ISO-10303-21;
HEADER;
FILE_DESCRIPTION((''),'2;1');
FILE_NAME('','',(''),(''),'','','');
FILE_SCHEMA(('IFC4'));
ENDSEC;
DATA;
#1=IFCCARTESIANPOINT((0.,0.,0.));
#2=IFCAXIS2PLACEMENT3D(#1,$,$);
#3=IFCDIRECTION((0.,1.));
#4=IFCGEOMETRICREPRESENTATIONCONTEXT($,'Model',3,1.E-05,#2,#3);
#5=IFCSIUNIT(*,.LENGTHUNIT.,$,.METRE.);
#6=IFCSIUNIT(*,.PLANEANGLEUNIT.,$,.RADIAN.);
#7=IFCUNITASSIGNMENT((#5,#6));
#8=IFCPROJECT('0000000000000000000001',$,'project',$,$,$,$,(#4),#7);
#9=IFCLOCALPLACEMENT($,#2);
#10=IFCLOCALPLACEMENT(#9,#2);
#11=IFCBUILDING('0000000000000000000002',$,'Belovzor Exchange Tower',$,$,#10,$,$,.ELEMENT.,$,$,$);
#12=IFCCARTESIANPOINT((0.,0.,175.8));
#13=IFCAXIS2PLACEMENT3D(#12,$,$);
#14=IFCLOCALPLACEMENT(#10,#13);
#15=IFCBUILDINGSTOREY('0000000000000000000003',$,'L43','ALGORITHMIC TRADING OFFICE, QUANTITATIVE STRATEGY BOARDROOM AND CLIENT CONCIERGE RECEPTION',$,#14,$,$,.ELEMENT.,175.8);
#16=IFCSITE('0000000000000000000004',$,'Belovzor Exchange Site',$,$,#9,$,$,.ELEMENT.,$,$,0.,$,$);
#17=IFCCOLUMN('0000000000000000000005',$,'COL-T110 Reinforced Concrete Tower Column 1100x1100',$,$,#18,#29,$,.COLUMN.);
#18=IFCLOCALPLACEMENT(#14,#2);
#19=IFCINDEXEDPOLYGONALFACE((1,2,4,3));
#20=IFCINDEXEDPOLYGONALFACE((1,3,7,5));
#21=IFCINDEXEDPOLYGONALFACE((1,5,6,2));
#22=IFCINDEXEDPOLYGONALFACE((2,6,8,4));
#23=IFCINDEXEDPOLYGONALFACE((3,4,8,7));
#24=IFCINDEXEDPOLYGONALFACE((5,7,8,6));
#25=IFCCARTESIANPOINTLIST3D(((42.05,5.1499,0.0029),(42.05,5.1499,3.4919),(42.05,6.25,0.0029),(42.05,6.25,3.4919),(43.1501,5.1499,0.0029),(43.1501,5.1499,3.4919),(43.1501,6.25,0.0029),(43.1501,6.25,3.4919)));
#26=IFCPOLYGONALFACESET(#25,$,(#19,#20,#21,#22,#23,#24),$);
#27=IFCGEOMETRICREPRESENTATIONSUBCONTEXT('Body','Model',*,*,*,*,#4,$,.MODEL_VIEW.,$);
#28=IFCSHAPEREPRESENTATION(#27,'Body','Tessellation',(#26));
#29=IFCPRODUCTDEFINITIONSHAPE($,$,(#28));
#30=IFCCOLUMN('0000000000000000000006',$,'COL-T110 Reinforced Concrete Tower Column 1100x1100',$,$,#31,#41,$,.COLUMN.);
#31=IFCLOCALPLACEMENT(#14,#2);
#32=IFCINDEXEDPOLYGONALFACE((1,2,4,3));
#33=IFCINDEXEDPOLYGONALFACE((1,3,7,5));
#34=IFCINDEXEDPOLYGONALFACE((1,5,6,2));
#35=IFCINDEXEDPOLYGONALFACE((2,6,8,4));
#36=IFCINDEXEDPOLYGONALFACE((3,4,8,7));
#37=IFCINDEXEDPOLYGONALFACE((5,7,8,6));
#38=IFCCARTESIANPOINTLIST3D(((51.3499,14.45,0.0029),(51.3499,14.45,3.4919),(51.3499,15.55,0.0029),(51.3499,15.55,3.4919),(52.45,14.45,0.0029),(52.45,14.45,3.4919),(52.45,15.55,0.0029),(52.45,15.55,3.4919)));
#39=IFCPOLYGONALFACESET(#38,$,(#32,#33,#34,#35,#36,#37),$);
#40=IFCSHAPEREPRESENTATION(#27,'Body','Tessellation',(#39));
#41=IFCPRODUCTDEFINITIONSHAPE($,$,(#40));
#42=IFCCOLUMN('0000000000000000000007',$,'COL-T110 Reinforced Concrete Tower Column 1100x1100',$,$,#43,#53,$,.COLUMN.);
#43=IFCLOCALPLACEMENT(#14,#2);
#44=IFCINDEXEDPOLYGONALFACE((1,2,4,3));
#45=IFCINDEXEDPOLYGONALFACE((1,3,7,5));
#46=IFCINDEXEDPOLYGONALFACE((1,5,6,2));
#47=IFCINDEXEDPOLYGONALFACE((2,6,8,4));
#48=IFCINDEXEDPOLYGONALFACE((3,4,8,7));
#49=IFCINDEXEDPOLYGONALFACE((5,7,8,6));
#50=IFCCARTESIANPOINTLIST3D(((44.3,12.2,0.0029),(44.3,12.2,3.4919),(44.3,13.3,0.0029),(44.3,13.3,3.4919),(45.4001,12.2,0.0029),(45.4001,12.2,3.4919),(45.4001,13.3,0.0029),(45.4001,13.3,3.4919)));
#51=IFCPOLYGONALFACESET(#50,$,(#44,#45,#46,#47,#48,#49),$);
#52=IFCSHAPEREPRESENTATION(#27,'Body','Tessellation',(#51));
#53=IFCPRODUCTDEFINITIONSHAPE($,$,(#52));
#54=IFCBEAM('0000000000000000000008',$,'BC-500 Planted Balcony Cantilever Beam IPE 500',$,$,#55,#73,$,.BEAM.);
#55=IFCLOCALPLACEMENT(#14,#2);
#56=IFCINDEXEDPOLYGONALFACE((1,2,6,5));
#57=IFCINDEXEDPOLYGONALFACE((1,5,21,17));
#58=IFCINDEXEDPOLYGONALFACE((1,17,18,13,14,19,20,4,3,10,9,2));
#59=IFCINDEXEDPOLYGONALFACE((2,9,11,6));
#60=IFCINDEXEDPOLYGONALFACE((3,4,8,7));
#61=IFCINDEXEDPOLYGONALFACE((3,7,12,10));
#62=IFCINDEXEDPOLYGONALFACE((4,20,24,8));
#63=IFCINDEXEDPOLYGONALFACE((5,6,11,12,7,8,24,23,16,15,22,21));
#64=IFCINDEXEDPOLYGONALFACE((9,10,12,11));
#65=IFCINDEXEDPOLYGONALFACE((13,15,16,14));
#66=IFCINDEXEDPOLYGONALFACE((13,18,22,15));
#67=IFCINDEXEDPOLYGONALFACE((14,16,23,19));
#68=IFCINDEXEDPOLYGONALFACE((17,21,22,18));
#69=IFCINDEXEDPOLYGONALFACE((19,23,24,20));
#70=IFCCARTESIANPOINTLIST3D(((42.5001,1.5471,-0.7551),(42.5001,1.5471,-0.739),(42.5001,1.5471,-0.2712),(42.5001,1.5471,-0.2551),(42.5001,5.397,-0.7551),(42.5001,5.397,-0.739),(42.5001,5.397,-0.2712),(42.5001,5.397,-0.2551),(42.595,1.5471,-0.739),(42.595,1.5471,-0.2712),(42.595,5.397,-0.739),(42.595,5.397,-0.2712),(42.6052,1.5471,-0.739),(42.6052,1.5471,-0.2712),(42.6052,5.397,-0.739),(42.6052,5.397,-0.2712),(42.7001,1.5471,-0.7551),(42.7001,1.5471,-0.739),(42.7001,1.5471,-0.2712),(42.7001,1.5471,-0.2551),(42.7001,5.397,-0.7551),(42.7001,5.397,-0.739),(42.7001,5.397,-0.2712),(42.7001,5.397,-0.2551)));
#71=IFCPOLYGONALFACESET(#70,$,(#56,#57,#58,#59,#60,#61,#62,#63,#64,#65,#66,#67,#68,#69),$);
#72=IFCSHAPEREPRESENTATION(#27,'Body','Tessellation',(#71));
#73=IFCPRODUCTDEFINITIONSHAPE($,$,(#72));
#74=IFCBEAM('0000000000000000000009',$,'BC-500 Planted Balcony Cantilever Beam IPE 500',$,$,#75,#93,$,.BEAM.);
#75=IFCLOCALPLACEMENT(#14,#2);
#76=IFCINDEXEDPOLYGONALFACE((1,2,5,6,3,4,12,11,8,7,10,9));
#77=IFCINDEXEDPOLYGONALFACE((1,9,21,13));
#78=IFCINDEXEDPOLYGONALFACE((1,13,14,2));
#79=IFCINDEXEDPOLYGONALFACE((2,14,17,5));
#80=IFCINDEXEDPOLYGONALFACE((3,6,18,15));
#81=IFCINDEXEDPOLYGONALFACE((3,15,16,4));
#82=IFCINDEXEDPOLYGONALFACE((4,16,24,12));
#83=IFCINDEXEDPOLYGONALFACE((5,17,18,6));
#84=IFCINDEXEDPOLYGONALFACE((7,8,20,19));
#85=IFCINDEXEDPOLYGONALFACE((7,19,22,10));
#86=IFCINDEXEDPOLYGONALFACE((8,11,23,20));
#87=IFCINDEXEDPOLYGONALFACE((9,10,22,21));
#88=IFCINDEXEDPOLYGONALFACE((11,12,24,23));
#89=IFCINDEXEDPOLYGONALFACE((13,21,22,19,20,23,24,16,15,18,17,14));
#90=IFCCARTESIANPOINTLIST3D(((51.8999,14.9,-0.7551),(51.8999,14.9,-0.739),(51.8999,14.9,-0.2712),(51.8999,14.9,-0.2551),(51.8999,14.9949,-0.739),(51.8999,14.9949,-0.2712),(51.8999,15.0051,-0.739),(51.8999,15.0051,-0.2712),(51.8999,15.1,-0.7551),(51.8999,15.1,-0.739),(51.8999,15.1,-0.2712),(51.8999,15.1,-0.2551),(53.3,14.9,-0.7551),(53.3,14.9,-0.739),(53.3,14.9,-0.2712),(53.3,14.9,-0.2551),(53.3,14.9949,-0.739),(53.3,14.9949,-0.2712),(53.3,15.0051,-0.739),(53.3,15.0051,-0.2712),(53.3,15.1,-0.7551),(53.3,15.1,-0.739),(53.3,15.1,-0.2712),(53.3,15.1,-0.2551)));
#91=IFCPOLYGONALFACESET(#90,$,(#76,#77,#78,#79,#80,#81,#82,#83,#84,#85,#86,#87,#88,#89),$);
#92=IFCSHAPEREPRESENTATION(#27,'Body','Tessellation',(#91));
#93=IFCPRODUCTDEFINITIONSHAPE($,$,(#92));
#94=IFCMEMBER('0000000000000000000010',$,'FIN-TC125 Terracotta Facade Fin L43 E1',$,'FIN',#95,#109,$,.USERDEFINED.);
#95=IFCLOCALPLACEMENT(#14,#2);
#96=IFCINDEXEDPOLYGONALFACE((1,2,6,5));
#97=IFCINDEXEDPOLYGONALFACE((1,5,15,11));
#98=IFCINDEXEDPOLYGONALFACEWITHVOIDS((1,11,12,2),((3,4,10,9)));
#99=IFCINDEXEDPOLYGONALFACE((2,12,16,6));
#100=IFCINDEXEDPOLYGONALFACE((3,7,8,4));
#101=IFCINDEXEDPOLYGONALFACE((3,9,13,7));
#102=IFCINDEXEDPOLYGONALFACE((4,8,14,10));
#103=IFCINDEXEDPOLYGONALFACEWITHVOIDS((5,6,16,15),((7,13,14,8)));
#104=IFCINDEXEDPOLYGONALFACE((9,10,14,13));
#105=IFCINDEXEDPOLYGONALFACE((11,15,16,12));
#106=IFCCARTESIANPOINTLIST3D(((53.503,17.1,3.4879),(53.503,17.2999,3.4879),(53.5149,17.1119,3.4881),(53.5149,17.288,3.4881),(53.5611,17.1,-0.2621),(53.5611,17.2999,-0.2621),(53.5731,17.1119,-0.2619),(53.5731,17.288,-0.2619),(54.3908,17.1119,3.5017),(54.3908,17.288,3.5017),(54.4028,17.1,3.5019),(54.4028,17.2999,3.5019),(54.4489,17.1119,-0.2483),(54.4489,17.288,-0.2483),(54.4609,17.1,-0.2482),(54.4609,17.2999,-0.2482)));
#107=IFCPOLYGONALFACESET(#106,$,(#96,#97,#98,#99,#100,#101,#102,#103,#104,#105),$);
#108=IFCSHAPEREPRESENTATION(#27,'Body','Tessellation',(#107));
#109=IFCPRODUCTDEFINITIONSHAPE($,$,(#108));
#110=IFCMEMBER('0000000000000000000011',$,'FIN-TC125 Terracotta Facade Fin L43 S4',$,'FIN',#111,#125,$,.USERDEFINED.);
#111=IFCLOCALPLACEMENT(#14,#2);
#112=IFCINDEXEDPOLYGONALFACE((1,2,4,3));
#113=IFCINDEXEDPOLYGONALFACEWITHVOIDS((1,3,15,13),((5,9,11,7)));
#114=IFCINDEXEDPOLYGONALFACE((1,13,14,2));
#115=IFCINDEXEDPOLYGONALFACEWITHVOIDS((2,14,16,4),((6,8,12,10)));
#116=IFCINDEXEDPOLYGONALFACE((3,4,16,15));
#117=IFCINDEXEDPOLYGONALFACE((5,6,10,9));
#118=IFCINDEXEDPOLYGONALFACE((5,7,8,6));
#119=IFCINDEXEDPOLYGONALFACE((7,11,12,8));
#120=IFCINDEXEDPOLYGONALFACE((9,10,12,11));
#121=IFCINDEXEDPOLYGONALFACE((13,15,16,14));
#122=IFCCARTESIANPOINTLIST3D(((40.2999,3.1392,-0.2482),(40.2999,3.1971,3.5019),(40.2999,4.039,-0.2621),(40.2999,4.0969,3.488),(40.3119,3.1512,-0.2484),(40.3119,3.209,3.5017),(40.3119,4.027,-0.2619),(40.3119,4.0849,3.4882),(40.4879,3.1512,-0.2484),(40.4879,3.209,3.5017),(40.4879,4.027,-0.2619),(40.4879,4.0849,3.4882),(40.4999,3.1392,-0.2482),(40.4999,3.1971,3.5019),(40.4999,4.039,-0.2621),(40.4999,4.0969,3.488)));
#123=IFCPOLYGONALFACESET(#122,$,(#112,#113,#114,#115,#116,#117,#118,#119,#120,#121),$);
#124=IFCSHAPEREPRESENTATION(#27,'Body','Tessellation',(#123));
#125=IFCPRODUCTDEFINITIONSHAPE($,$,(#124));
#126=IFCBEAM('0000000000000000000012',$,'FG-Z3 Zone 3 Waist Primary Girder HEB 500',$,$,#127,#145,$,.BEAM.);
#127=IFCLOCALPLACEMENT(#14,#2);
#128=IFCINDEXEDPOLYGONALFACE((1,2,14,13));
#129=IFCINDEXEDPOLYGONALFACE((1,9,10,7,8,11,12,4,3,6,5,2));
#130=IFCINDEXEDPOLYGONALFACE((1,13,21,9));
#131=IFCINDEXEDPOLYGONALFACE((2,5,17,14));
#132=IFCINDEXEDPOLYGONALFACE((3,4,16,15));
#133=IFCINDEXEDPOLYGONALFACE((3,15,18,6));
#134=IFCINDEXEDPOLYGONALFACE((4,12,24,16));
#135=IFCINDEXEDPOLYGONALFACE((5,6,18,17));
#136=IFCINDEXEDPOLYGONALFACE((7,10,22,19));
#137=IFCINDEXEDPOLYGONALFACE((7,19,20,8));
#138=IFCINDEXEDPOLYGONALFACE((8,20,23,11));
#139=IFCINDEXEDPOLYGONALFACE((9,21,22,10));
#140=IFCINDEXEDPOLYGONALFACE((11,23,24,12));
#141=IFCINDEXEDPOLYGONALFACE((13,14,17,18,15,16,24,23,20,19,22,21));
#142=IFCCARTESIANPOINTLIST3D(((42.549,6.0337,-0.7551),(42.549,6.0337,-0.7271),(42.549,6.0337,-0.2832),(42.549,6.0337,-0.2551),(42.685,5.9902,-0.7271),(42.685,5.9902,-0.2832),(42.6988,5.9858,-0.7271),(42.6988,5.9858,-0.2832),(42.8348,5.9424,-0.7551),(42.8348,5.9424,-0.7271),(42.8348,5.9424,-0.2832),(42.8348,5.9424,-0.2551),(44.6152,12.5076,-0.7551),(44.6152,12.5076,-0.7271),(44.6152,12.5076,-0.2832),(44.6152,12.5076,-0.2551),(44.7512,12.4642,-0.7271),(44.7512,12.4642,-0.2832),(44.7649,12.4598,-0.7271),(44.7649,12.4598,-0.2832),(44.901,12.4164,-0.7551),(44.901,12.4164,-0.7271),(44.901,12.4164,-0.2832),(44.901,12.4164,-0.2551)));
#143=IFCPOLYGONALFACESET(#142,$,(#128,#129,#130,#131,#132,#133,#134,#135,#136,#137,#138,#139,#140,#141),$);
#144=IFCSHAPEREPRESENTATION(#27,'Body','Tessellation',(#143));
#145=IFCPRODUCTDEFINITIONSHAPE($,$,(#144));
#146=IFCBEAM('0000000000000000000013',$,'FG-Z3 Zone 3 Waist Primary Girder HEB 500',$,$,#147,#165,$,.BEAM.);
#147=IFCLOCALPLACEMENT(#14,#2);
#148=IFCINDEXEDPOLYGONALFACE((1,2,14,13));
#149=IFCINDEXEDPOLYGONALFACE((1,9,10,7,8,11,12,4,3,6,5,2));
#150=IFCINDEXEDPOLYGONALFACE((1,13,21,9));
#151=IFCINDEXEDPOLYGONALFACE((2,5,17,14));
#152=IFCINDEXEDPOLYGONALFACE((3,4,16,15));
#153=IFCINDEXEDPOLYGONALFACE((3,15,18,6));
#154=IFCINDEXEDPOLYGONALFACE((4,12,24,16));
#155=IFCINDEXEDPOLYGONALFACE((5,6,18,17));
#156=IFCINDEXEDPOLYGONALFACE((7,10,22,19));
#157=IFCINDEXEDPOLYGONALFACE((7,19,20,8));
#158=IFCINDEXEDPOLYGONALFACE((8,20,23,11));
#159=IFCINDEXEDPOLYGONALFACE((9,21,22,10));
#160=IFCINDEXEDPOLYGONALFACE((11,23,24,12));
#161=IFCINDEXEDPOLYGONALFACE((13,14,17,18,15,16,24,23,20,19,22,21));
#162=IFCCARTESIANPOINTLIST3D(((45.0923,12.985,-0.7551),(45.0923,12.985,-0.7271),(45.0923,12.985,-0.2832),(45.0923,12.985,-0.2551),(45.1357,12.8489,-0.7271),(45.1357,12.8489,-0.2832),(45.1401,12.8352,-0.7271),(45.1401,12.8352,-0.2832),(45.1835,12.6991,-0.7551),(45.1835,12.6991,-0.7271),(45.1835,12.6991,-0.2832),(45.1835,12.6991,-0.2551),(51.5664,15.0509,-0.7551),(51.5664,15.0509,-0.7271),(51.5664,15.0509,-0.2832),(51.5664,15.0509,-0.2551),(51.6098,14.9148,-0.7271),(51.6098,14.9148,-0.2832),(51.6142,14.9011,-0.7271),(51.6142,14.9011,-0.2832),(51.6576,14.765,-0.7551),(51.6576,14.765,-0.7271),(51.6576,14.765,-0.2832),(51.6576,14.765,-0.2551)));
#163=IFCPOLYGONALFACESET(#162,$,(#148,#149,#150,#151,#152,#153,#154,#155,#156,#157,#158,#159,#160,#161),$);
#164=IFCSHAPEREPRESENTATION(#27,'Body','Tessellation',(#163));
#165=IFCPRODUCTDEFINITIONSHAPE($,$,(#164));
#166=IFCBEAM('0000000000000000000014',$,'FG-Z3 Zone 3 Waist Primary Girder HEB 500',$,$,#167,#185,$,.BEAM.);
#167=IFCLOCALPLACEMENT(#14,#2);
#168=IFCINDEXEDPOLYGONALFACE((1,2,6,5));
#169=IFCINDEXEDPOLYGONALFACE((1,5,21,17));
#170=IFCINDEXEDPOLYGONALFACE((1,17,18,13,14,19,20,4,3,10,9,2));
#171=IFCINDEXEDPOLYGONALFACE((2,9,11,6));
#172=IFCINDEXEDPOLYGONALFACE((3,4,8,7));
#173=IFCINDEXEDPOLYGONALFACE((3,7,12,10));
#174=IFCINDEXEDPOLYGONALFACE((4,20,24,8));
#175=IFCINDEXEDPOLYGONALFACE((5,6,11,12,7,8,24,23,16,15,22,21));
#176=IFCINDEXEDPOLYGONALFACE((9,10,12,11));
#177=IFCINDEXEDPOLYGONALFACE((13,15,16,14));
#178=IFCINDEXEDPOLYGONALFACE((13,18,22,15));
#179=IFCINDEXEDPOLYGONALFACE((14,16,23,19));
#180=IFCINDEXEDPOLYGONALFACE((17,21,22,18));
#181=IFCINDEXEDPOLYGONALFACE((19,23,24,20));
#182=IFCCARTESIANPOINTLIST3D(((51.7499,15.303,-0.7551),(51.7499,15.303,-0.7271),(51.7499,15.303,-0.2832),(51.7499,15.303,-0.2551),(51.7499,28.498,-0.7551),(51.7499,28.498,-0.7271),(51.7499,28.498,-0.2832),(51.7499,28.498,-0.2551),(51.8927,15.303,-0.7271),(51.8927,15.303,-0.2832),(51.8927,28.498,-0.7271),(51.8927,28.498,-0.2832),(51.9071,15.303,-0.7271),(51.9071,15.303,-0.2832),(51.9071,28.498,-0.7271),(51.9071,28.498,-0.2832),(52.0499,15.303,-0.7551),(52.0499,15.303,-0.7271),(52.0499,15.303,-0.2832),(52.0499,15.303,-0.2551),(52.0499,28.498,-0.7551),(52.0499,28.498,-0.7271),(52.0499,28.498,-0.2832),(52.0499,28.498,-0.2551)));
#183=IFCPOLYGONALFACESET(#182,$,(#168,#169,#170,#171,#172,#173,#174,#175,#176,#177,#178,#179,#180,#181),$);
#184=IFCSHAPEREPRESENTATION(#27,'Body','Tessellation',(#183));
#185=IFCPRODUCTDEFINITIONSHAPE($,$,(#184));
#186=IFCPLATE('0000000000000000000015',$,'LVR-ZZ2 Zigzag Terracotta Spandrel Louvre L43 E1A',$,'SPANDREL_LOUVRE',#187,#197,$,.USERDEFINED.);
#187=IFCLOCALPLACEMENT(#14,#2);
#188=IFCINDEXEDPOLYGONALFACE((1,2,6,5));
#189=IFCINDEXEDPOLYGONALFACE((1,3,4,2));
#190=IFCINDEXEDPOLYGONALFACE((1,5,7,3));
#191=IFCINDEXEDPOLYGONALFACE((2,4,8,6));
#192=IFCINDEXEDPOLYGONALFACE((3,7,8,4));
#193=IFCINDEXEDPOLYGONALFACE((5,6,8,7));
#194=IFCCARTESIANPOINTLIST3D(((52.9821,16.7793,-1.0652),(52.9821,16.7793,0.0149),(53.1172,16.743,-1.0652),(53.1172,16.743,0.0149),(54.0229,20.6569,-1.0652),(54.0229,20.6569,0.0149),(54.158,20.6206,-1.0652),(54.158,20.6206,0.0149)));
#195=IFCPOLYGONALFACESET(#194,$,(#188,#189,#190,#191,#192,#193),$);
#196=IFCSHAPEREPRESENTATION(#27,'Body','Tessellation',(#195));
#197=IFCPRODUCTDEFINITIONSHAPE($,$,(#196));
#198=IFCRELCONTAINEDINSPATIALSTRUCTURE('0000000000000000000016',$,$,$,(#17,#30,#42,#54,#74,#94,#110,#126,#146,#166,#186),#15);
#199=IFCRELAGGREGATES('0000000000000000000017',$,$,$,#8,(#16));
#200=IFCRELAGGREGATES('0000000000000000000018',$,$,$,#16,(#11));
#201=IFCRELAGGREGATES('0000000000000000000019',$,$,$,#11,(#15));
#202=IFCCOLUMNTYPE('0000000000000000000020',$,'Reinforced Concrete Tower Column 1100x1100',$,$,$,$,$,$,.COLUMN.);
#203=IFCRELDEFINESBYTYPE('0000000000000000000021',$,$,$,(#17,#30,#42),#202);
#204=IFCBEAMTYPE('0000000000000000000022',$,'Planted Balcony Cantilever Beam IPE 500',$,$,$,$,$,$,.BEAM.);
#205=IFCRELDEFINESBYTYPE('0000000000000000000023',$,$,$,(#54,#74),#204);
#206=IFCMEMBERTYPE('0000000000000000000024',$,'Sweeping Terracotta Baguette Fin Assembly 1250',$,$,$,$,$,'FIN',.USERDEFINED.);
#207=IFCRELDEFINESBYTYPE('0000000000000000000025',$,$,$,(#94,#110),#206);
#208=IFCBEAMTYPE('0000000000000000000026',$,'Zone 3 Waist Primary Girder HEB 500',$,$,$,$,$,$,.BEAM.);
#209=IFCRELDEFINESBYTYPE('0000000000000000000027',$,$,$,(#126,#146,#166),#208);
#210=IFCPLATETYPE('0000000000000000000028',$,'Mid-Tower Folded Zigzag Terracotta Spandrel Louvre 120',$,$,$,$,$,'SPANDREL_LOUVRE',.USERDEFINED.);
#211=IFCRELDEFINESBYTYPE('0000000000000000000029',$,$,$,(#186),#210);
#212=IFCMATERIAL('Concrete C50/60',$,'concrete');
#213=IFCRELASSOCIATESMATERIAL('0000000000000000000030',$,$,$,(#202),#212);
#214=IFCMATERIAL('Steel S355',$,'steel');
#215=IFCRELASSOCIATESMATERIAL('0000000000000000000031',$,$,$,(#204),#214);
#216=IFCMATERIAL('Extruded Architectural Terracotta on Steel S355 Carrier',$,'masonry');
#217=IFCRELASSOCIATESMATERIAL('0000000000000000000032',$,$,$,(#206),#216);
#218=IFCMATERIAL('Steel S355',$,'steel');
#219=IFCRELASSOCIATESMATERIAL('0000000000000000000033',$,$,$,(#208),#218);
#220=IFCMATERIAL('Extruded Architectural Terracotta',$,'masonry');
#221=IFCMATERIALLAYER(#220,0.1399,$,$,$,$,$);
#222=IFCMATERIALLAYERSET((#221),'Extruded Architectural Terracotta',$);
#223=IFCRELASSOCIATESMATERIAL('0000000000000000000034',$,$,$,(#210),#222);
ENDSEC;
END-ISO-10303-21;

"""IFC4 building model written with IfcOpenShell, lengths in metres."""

from ifc_helpers import new_model, si_unit, direction, frame, origin, origin_2d, place, context, subcontext, project, spatial, rectangle, hollow_rectangle, i_section, extrude, material, layer, layer_set, material_profile, profile_set, type_object, element, save


model = new_model("IFC4")

# Units and contexts
model_context = context("Model", 3, precision=1e-05, world=origin(), true_north=direction((0.0, 1.0)))
body_context = subcontext(model_context, "Body", "Model", "MODEL_VIEW")
ifc_project = project(units=[si_unit("LENGTHUNIT", "METRE"), si_unit("PLANEANGLEUNIT", "RADIAN")], contexts=[model_context])

# Site, building, storey
site_placement = place(None, origin())
site = spatial("IfcSite", under=ifc_project, at=site_placement, Name="Belovzor Exchange Site", CompositionType="ELEMENT", RefElevation=0.0)
building_placement = place(site_placement, origin())
building = spatial("IfcBuilding", under=site, at=building_placement, Name="Belovzor Exchange Tower", CompositionType="ELEMENT")
storey_placement = place(building_placement, frame((0.0, 0.0, 175.8)))
storey = spatial("IfcBuildingStorey", under=building, at=storey_placement, Name="L43", Description="ALGORITHMIC TRADING OFFICE, QUANTITATIVE STRATEGY BOARDROOM AND CLIENT CONCIERGE RECEPTION", CompositionType="ELEMENT", Elevation=175.8)

# Columns
ifc_material_1 = material(Name="Concrete C50/60", Category="concrete")
ifc_material_profile_1 = material_profile(ifc_material_1, rectangle(XDim=1.1001, YDim=1.1001, at=origin_2d()))
ifc_profile_set_1 = profile_set([ifc_material_profile_1], Name="Concrete C50/60")
column_type = type_object("IfcColumnType", Name="Reinforced Concrete Tower Column 1100x1100", PredefinedType="COLUMN", material=ifc_profile_set_1)
for number, where, z_axis, x_axis, name in (
    (1, (42.6001, 5.7, 0.0029), (0.0, 0.0, 1.0), (1.0, 0.0, 0.0), "COL-T110 Reinforced Concrete Tower Column 1100x1100"),
    (2, (51.8999, 15.0, 0.0029), (0.0, 0.0, 1.0), (1.0, 0.0, 0.0), "COL-T110 Reinforced Concrete Tower Column 1100x1100"),
    (3, (44.8501, 12.75, 0.0029), (0.0, 0.0, 1.0), (1.0, 0.0, 0.0), "COL-T110 Reinforced Concrete Tower Column 1100x1100"),
):
    element("IfcColumn", number, at=place(storey_placement, frame(where, z_axis=z_axis, x_axis=x_axis)), inside=storey, type_object=column_type, Name=name, PredefinedType="COLUMN", context=body_context, shape_type="SweptSolid", body=[
        extrude(rectangle(XDim=1.1001, YDim=1.1001, at=origin_2d()), origin(), (0.0, 0.0, 1.0), 3.489),
    ])

# Beams
ifc_material_2 = material(Name="Steel S355", Category="steel")
ifc_material_profile_2 = material_profile(ifc_material_2, i_section(OverallWidth=0.2, OverallDepth=0.5, WebThickness=0.0103, FlangeThickness=0.0161, at=origin_2d()))
ifc_profile_set_2 = profile_set([ifc_material_profile_2], Name="Steel S355")
beam_type_1 = type_object("IfcBeamType", Name="Planted Balcony Cantilever Beam IPE 500", PredefinedType="BEAM", material=ifc_profile_set_2)
beam_1_placement = place(storey_placement, frame((42.6001, 5.397, -0.5051), z_axis=(0.0, -1.0, 0.0), x_axis=(1.0, 0.0, 0.0)))
element("IfcBeam", 4, at=beam_1_placement, inside=storey, type_object=beam_type_1, Name="BC-500 Planted Balcony Cantilever Beam IPE 500", PredefinedType="BEAM", context=body_context, shape_type="SweptSolid", body=[
    extrude(i_section(OverallWidth=0.2, OverallDepth=0.5, WebThickness=0.0103, FlangeThickness=0.0161, at=origin_2d()), origin(), (0.0, 0.0, 1.0), 3.8499),
])
beam_2_placement = place(storey_placement, frame((51.8999, 15.0, -0.5051), z_axis=(1.0, 0.0, 0.0), x_axis=(0.0, 1.0, 0.0)))
element("IfcBeam", 5, at=beam_2_placement, inside=storey, type_object=beam_type_1, Name="BC-500 Planted Balcony Cantilever Beam IPE 500", PredefinedType="BEAM", context=body_context, shape_type="SweptSolid", body=[
    extrude(i_section(OverallWidth=0.2, OverallDepth=0.5, WebThickness=0.0103, FlangeThickness=0.0161, at=origin_2d()), origin(), (0.0, 0.0, 1.0), 1.4001),
])

# Members
ifc_material_3 = material(Name="Extruded Architectural Terracotta on Steel S355 Carrier", Category="masonry")
ifc_material_profile_3 = material_profile(ifc_material_3, hollow_rectangle(XDim=0.2, YDim=0.8999, WallThickness=0.012, at=origin_2d()))
ifc_profile_set_3 = profile_set([ifc_material_profile_3], Name="Extruded Architectural Terracotta on Steel S355 Carrier")
member_type = type_object("IfcMemberType", Name="Sweeping Terracotta Baguette Fin Assembly 1250", ElementType="FIN", PredefinedType="USERDEFINED", material=ifc_profile_set_3)
for number, where, z_axis, x_axis, name in (
    (6, (54.011, 17.2, -0.2551), (-0.015493, 0.0, 0.99988), (0.0, -1.0, 0.0), "FIN-TC125 Terracotta Facade Fin L43 E1"),
    (7, (40.3999, 3.5891, -0.2551), (0.0, 0.015428, 0.999881), (-1.0, 0.0, 0.0), "FIN-TC125 Terracotta Facade Fin L43 S4"),
):
    element("IfcMember", number, at=place(storey_placement, frame(where, z_axis=z_axis, x_axis=x_axis)), inside=storey, type_object=member_type, Name=name, ObjectType="FIN", PredefinedType="USERDEFINED", context=body_context, shape_type="SweptSolid", body=[
        extrude(hollow_rectangle(XDim=0.2, YDim=0.8999, WallThickness=0.012, at=origin_2d()), origin(), (0.0, 0.0, 1.0), 3.7505),
    ])

# Beams
ifc_material_4 = material(Name="Steel S355", Category="steel")
ifc_material_profile_4 = material_profile(ifc_material_4, i_section(OverallWidth=0.3, OverallDepth=0.5, WebThickness=0.0144, FlangeThickness=0.0281, at=origin_2d()))
ifc_profile_set_4 = profile_set([ifc_material_profile_4], Name="Steel S355")
beam_type_2 = type_object("IfcBeamType", Name="Zone 3 Waist Primary Girder HEB 500", PredefinedType="BEAM", material=ifc_profile_set_4)
for number, where, z_axis, x_axis, name in (
    (8, (42.6919, 5.988, -0.5051), (0.304044, 0.952658, 0.0), (-0.952658, 0.304044, 0.0), "FG-Z3 Zone 3 Waist Primary Girder HEB 500"),
    (9, (45.1379, 12.842, -0.5051), (0.952672, 0.304001, 0.0), (-0.304001, 0.952672, 0.0), "FG-Z3 Zone 3 Waist Primary Girder HEB 500"),
):
    element("IfcBeam", number, at=place(storey_placement, frame(where, z_axis=z_axis, x_axis=x_axis)), inside=storey, type_object=beam_type_2, Name=name, PredefinedType="BEAM", context=body_context, shape_type="SweptSolid", body=[
        extrude(i_section(OverallWidth=0.3, OverallDepth=0.5, WebThickness=0.0144, FlangeThickness=0.0281, at=origin_2d()), origin(), (0.0, 0.0, 1.0), 6.7957),
    ])
beam_3_placement = place(storey_placement, frame((51.8999, 15.303, -0.5051), z_axis=(0.0, 1.0, 0.0), x_axis=(-1.0, 0.0, 0.0)))
element("IfcBeam", 10, at=beam_3_placement, inside=storey, type_object=beam_type_2, Name="FG-Z3 Zone 3 Waist Primary Girder HEB 500", PredefinedType="BEAM", context=body_context, shape_type="SweptSolid", body=[
    extrude(i_section(OverallWidth=0.3, OverallDepth=0.5, WebThickness=0.0144, FlangeThickness=0.0281, at=origin_2d()), origin(), (0.0, 0.0, 1.0), 13.1951),
])

# Plate
ifc_material_5 = material(Name="Extruded Architectural Terracotta", Category="masonry")
ifc_layer_1 = layer(ifc_material_5, 0.1399)
ifc_layer_set_1 = layer_set([ifc_layer_1], Name="Extruded Architectural Terracotta")
plate_type = type_object("IfcPlateType", Name="Mid-Tower Folded Zigzag Terracotta Spandrel Louvre 120", ElementType="SPANDREL_LOUVRE", PredefinedType="USERDEFINED", material=ifc_layer_set_1)
plate_placement = place(storey_placement, frame((53.5701, 18.7, -1.0652), z_axis=(0.0, 0.0, 1.0), x_axis=(0.25924, 0.965813, 0.0)))
element("IfcPlate", 11, at=plate_placement, inside=storey, type_object=plate_type, Name="LVR-ZZ2 Zigzag Terracotta Spandrel Louvre L43 E1A", ObjectType="SPANDREL_LOUVRE", PredefinedType="USERDEFINED", context=body_context, shape_type="SweptSolid", body=[
    extrude(rectangle(XDim=4.0149, YDim=0.1399, at=origin_2d()), origin(), (0.0, 0.0, 1.0), 1.0801),
])

save(model, "model.ifc")
